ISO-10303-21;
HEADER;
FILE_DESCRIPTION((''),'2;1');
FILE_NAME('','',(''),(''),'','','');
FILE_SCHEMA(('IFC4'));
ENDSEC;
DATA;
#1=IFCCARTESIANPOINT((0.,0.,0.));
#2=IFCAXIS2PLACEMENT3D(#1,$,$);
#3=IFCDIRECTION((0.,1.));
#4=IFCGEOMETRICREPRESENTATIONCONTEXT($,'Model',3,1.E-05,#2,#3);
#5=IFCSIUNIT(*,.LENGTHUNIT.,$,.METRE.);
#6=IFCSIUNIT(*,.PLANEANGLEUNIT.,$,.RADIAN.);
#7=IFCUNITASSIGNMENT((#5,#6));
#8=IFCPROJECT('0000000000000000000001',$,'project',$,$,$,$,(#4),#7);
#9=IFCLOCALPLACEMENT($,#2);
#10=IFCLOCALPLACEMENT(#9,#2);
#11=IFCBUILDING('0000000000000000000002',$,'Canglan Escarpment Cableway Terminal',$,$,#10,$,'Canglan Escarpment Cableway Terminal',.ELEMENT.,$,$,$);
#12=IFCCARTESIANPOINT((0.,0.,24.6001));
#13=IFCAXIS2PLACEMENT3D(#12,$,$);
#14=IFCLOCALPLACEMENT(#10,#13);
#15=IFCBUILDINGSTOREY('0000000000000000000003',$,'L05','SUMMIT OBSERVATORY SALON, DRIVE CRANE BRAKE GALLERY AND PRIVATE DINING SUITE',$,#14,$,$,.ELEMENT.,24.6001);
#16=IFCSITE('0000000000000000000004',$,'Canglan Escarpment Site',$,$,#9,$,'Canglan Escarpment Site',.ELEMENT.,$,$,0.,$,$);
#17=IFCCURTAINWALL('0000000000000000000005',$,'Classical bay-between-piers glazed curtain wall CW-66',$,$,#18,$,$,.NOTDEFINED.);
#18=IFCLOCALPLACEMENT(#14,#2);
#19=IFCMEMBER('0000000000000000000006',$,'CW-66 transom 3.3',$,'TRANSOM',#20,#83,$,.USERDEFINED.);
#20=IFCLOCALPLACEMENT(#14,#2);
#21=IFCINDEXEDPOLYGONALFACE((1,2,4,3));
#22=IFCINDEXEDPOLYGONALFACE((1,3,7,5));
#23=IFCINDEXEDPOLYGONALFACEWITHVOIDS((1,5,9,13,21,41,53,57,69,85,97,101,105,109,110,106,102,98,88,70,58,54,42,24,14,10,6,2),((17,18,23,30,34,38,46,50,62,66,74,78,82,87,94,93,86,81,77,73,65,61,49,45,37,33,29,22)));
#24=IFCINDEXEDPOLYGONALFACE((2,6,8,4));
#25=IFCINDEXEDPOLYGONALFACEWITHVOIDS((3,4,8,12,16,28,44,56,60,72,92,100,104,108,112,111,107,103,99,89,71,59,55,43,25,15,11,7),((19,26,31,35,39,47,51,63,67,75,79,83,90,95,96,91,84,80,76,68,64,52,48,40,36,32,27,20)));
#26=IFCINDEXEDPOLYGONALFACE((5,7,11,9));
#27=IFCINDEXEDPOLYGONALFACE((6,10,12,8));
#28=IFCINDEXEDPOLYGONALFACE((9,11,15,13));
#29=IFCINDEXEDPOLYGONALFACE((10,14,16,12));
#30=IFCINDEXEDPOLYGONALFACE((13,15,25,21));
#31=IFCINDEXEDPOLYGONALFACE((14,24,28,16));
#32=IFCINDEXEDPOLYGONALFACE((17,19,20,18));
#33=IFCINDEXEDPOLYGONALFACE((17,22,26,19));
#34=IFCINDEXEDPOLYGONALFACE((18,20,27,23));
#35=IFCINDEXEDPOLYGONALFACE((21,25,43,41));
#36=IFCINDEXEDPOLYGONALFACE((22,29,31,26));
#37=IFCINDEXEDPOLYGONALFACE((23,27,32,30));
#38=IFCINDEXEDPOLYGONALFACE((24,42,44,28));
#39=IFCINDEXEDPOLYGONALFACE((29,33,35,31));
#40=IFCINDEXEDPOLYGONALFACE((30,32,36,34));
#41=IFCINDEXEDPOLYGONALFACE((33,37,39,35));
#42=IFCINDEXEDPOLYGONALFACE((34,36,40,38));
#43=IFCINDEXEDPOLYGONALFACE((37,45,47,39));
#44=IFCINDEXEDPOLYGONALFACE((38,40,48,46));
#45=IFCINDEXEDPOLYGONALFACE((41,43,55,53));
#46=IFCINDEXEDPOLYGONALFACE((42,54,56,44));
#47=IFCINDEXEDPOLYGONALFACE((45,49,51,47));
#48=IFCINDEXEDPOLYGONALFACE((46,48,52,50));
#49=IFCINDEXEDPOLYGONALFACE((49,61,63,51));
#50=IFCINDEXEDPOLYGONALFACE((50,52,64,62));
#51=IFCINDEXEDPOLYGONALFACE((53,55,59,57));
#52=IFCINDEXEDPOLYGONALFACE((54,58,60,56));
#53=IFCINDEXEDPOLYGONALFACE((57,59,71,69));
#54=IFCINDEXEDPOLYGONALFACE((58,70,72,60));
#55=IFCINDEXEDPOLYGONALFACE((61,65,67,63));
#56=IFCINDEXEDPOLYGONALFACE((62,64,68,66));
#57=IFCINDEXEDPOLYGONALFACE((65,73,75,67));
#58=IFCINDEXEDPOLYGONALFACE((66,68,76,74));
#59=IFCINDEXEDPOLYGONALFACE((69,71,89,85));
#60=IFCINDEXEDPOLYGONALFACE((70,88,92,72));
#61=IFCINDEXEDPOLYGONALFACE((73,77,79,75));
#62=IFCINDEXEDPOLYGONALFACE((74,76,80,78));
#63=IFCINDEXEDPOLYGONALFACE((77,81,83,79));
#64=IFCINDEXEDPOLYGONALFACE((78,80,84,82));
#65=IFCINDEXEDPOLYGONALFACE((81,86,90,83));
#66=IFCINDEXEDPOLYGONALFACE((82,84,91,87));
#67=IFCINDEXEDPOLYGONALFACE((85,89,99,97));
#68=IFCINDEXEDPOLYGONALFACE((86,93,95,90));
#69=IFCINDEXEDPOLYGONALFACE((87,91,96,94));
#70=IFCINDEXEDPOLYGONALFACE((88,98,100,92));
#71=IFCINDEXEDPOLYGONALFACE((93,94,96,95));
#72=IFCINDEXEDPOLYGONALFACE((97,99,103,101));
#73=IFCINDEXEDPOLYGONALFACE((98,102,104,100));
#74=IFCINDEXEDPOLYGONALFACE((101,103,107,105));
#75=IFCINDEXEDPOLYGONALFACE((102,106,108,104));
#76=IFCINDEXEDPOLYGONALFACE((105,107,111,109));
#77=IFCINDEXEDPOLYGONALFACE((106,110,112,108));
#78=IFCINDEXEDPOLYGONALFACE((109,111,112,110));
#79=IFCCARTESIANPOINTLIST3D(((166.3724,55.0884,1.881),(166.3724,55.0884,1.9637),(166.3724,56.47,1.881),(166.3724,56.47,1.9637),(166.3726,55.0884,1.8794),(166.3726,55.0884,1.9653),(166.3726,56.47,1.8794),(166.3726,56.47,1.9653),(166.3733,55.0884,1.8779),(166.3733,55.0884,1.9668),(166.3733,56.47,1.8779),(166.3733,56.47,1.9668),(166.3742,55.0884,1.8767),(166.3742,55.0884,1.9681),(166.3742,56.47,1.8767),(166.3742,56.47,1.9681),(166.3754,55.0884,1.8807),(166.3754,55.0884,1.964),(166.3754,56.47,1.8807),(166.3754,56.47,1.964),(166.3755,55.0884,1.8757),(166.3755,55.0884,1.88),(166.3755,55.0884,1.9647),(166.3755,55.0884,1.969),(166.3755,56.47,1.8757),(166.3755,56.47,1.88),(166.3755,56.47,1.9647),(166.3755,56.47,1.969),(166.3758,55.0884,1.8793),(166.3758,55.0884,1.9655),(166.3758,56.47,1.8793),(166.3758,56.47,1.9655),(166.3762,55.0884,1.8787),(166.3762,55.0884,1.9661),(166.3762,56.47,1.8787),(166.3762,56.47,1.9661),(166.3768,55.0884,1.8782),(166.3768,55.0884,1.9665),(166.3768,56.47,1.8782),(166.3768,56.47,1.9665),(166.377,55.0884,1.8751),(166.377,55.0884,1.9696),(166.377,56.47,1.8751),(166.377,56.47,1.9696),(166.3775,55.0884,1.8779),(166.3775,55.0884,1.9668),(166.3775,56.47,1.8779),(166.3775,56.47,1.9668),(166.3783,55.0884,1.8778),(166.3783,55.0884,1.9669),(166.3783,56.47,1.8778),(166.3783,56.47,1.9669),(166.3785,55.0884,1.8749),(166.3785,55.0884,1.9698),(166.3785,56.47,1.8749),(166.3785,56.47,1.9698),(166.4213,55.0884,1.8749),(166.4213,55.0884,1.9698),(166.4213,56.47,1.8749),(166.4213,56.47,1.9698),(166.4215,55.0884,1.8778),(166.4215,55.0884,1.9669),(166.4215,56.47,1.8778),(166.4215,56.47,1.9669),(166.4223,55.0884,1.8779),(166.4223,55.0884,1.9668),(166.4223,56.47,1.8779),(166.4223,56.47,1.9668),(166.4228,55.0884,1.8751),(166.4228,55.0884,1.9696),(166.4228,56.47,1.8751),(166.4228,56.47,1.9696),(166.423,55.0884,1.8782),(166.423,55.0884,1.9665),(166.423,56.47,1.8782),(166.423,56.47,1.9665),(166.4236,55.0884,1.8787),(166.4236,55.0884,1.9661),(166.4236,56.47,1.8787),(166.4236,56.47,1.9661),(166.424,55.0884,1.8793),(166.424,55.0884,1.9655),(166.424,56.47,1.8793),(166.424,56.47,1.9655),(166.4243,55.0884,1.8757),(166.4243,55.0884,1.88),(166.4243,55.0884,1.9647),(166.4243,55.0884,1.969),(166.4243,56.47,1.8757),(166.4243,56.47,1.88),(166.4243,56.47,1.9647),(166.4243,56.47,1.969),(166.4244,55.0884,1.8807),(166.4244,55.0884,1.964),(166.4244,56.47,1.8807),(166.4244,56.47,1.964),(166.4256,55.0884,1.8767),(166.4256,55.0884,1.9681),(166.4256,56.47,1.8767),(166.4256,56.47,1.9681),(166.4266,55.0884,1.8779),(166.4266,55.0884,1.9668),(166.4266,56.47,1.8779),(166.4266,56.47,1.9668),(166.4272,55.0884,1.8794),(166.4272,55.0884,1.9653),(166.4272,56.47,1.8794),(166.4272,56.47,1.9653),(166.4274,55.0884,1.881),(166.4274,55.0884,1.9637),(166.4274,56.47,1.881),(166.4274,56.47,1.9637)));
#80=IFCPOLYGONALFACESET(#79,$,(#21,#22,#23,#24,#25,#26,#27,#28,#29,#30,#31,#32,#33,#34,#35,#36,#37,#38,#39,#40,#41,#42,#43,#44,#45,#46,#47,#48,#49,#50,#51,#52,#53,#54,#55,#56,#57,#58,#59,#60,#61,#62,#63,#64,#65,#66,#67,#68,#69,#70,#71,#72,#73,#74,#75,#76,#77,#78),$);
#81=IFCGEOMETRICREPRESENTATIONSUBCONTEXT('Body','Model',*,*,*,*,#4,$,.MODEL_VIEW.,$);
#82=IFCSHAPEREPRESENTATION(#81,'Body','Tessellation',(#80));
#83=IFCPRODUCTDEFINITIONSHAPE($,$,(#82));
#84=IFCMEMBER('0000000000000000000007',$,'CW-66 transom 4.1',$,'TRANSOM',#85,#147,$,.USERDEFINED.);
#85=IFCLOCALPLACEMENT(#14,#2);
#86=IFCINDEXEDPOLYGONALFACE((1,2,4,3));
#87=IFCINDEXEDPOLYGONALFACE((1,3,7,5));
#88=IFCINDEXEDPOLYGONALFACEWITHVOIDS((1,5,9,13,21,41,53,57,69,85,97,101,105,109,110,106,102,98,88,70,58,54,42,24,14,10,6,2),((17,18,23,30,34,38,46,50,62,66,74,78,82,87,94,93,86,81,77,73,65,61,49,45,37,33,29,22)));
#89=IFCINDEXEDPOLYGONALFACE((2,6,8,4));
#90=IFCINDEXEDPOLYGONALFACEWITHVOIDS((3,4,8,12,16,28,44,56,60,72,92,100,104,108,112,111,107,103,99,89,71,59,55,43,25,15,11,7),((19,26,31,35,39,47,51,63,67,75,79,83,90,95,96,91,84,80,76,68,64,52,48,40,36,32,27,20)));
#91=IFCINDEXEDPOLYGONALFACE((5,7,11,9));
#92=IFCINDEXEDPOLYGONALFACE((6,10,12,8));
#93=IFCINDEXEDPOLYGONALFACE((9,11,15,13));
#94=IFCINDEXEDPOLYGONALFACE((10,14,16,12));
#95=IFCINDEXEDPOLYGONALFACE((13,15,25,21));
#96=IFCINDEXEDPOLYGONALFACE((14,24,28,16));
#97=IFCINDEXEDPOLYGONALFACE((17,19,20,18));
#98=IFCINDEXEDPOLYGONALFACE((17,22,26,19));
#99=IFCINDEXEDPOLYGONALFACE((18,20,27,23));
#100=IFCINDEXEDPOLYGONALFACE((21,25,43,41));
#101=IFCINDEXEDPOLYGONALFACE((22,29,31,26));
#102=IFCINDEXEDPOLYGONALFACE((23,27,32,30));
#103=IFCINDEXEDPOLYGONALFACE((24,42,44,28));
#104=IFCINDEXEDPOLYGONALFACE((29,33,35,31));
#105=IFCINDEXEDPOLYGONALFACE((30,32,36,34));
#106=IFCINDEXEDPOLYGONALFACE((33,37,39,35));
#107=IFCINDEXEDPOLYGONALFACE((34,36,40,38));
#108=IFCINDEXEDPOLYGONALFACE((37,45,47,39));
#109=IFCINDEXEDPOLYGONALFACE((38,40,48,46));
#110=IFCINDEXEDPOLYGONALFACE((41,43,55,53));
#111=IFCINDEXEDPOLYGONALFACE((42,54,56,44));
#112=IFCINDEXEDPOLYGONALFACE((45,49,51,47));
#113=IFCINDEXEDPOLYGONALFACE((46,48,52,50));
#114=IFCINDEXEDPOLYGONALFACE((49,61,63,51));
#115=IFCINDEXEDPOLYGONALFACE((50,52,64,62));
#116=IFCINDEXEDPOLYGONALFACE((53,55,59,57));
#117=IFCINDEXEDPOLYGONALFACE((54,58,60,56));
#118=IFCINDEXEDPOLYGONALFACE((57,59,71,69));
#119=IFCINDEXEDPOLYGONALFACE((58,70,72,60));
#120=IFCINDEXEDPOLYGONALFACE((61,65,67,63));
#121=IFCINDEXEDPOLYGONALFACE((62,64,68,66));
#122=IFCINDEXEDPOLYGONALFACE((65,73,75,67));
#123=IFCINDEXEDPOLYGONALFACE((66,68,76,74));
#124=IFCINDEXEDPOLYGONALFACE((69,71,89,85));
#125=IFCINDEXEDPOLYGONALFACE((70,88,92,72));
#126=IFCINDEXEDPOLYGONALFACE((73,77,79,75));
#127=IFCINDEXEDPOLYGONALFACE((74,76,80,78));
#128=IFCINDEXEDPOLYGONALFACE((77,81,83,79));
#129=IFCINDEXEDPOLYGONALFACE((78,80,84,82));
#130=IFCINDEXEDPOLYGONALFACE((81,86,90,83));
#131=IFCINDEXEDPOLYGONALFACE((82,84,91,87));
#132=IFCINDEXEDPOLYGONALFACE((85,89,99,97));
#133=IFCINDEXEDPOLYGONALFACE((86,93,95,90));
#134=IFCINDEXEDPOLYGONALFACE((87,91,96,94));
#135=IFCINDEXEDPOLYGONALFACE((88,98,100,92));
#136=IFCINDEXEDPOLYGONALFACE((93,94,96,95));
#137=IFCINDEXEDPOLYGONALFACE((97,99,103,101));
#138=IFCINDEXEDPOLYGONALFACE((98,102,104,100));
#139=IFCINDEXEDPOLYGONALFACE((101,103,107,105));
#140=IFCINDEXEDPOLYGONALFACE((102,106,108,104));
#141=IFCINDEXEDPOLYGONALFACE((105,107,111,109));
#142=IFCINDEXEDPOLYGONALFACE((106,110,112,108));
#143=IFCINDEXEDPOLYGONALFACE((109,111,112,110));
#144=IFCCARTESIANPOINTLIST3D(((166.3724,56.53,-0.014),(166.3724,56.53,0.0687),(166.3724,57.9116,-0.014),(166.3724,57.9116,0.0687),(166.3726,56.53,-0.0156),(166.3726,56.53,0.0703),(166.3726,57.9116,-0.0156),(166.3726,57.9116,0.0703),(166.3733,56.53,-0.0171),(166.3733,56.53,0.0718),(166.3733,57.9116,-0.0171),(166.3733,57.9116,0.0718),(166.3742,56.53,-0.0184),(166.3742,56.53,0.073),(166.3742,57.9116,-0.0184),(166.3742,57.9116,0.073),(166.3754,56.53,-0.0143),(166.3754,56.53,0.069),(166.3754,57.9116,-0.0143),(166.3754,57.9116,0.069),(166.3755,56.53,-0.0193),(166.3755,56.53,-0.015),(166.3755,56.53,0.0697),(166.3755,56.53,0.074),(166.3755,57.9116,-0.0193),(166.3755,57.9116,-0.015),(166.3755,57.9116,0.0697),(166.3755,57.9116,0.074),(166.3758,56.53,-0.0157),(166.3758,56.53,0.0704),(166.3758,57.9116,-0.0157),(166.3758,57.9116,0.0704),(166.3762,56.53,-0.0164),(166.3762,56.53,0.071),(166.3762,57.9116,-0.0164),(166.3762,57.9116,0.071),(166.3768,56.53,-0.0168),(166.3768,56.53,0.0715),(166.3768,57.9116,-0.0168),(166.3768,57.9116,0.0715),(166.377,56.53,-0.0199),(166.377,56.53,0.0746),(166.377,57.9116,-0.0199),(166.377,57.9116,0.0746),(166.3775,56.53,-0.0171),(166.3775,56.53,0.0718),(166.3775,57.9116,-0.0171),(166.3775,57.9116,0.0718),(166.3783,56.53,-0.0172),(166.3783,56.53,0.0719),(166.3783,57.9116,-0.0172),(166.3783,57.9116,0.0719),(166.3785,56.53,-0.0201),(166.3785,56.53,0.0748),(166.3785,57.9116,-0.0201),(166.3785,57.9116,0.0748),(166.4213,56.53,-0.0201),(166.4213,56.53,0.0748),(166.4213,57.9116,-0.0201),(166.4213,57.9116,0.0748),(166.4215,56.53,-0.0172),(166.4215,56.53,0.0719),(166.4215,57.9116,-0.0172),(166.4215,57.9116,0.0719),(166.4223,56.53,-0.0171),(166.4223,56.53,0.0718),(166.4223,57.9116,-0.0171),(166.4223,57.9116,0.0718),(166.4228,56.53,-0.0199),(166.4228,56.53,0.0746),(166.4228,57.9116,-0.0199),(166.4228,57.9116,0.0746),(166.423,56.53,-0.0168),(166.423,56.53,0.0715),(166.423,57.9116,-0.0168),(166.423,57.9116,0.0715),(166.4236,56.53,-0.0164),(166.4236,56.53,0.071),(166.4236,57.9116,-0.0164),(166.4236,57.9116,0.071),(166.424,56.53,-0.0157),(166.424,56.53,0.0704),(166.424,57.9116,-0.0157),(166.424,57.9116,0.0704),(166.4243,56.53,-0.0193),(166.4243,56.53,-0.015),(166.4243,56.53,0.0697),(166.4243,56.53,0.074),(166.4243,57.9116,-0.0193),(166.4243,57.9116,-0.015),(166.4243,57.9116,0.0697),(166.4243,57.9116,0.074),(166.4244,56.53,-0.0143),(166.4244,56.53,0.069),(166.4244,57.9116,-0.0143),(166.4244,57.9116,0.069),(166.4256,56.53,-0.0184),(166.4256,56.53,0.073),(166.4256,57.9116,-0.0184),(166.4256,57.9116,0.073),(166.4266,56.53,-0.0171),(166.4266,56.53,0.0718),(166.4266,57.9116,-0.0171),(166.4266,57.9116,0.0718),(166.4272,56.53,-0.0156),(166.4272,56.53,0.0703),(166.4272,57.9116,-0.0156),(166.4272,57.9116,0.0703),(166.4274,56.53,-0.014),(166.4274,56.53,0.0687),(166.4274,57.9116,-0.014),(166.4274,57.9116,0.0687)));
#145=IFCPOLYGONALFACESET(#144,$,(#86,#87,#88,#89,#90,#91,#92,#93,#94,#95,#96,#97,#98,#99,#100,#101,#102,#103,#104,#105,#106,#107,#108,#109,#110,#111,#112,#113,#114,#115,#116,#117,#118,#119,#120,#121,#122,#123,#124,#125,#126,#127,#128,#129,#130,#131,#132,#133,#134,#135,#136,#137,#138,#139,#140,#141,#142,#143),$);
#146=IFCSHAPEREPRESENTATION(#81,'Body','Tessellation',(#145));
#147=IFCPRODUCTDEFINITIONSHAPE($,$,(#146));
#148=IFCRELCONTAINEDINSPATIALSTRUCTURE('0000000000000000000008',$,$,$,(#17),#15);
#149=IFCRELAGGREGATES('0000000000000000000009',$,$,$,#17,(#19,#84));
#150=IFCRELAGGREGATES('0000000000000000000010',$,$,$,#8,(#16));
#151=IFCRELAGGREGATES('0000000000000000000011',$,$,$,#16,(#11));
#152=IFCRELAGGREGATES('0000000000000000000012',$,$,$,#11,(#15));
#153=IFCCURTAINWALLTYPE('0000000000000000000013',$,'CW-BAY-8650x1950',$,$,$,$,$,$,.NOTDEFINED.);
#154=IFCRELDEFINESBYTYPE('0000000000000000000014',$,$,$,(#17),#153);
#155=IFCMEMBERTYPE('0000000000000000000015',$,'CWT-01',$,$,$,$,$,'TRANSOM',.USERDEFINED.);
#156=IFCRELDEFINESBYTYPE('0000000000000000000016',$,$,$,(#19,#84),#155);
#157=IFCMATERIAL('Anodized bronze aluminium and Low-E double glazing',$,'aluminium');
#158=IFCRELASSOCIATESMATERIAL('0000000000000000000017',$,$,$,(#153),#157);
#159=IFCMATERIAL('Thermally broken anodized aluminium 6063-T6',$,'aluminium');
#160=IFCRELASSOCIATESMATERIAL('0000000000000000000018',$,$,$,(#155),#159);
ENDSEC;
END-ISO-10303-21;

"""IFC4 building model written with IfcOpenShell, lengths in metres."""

from ifc_helpers import new_model, si_unit, direction, frame, origin, origin_2d, place, context, subcontext, project, spatial, hollow_rectangle, extrude, material, material_profile, profile_set, type_object, element, aggregate, save


model = new_model("IFC4")

# Units and contexts
model_context = context("Model", 3, precision=1e-05, world=origin(), true_north=direction((0.0, 1.0)))
body_context = subcontext(model_context, "Body", "Model", "MODEL_VIEW")
ifc_project = project(units=[si_unit("LENGTHUNIT", "METRE"), si_unit("PLANEANGLEUNIT", "RADIAN")], contexts=[model_context])

# Site, building, storey
site_placement = place(None, origin())
site = spatial("IfcSite", under=ifc_project, at=site_placement, Name="Canglan Escarpment Site", LongName="Canglan Escarpment Site", CompositionType="ELEMENT", RefElevation=0.0)
building_placement = place(site_placement, origin())
building = spatial("IfcBuilding", under=site, at=building_placement, Name="Canglan Escarpment Cableway Terminal", LongName="Canglan Escarpment Cableway Terminal", CompositionType="ELEMENT")
storey_placement = place(building_placement, frame((0.0, 0.0, 24.6001)))
storey = spatial("IfcBuildingStorey", under=building, at=storey_placement, Name="L05", Description="SUMMIT OBSERVATORY SALON, DRIVE CRANE BRAKE GALLERY AND PRIVATE DINING SUITE", CompositionType="ELEMENT", Elevation=24.6001)

# Shared definitions
ifc_material_1 = material(Name="Anodized bronze aluminium and Low-E double glazing", Category="aluminium")
ifc_material_2 = material(Name="Thermally broken anodized aluminium 6063-T6", Category="aluminium")

# Curtain wall, members
curtain_wall_type_1 = type_object("IfcCurtainWallType", Name="CW-BAY-8650x1950", PredefinedType="NOTDEFINED", material=ifc_material_1)
curtain_wall_1_placement = place(storey_placement, origin())
curtain_wall_1 = element("IfcCurtainWall", 1, at=curtain_wall_1_placement, inside=storey, type_object=curtain_wall_type_1, Name="Classical bay-between-piers glazed curtain wall CW-66", PredefinedType="NOTDEFINED")
ifc_material_profile_1 = material_profile(ifc_material_2, hollow_rectangle(XDim=0.0549, YDim=0.095, WallThickness=0.0029, InnerFilletRadius=0.0029, OuterFilletRadius=0.0061, at=origin_2d()), Name="ALU-TRAN 55x95x3")
ifc_profile_set_1 = profile_set([ifc_material_profile_1], Name="Thermally broken anodized aluminium 6063-T6")
member_type_1 = type_object("IfcMemberType", Name="CWT-01", ElementType="TRANSOM", PredefinedType="USERDEFINED", material=ifc_profile_set_1)
member_1_placement = place(storey_placement, frame((166.3999, 55.0884, 1.9224), z_axis=(0.0, 1.0, 0.0), x_axis=(-1.0, 0.0, 0.0)))
member_1 = element("IfcMember", 2, at=member_1_placement, type_object=member_type_1, Name="CW-66 transom 3.3", ObjectType="TRANSOM", PredefinedType="USERDEFINED", context=body_context, shape_type="SweptSolid", body=[
    extrude(hollow_rectangle(XDim=0.0549, YDim=0.095, WallThickness=0.0029, InnerFilletRadius=0.0029, OuterFilletRadius=0.0061, at=origin_2d()), origin(), (0.0, 0.0, 1.0), 1.3816),
])
member_2_placement = place(storey_placement, frame((166.3999, 56.53, 0.0273), z_axis=(0.0, 1.0, 0.0), x_axis=(-1.0, 0.0, 0.0)))
member_2 = element("IfcMember", 3, at=member_2_placement, type_object=member_type_1, Name="CW-66 transom 4.1", ObjectType="TRANSOM", PredefinedType="USERDEFINED", context=body_context, shape_type="SweptSolid", body=[
    extrude(hollow_rectangle(XDim=0.0549, YDim=0.095, WallThickness=0.0029, InnerFilletRadius=0.0029, OuterFilletRadius=0.0061, at=origin_2d()), origin(), (0.0, 0.0, 1.0), 1.3816),
])

aggregate(curtain_wall_1, [member_1, member_2])

save(model, "model.ifc")
